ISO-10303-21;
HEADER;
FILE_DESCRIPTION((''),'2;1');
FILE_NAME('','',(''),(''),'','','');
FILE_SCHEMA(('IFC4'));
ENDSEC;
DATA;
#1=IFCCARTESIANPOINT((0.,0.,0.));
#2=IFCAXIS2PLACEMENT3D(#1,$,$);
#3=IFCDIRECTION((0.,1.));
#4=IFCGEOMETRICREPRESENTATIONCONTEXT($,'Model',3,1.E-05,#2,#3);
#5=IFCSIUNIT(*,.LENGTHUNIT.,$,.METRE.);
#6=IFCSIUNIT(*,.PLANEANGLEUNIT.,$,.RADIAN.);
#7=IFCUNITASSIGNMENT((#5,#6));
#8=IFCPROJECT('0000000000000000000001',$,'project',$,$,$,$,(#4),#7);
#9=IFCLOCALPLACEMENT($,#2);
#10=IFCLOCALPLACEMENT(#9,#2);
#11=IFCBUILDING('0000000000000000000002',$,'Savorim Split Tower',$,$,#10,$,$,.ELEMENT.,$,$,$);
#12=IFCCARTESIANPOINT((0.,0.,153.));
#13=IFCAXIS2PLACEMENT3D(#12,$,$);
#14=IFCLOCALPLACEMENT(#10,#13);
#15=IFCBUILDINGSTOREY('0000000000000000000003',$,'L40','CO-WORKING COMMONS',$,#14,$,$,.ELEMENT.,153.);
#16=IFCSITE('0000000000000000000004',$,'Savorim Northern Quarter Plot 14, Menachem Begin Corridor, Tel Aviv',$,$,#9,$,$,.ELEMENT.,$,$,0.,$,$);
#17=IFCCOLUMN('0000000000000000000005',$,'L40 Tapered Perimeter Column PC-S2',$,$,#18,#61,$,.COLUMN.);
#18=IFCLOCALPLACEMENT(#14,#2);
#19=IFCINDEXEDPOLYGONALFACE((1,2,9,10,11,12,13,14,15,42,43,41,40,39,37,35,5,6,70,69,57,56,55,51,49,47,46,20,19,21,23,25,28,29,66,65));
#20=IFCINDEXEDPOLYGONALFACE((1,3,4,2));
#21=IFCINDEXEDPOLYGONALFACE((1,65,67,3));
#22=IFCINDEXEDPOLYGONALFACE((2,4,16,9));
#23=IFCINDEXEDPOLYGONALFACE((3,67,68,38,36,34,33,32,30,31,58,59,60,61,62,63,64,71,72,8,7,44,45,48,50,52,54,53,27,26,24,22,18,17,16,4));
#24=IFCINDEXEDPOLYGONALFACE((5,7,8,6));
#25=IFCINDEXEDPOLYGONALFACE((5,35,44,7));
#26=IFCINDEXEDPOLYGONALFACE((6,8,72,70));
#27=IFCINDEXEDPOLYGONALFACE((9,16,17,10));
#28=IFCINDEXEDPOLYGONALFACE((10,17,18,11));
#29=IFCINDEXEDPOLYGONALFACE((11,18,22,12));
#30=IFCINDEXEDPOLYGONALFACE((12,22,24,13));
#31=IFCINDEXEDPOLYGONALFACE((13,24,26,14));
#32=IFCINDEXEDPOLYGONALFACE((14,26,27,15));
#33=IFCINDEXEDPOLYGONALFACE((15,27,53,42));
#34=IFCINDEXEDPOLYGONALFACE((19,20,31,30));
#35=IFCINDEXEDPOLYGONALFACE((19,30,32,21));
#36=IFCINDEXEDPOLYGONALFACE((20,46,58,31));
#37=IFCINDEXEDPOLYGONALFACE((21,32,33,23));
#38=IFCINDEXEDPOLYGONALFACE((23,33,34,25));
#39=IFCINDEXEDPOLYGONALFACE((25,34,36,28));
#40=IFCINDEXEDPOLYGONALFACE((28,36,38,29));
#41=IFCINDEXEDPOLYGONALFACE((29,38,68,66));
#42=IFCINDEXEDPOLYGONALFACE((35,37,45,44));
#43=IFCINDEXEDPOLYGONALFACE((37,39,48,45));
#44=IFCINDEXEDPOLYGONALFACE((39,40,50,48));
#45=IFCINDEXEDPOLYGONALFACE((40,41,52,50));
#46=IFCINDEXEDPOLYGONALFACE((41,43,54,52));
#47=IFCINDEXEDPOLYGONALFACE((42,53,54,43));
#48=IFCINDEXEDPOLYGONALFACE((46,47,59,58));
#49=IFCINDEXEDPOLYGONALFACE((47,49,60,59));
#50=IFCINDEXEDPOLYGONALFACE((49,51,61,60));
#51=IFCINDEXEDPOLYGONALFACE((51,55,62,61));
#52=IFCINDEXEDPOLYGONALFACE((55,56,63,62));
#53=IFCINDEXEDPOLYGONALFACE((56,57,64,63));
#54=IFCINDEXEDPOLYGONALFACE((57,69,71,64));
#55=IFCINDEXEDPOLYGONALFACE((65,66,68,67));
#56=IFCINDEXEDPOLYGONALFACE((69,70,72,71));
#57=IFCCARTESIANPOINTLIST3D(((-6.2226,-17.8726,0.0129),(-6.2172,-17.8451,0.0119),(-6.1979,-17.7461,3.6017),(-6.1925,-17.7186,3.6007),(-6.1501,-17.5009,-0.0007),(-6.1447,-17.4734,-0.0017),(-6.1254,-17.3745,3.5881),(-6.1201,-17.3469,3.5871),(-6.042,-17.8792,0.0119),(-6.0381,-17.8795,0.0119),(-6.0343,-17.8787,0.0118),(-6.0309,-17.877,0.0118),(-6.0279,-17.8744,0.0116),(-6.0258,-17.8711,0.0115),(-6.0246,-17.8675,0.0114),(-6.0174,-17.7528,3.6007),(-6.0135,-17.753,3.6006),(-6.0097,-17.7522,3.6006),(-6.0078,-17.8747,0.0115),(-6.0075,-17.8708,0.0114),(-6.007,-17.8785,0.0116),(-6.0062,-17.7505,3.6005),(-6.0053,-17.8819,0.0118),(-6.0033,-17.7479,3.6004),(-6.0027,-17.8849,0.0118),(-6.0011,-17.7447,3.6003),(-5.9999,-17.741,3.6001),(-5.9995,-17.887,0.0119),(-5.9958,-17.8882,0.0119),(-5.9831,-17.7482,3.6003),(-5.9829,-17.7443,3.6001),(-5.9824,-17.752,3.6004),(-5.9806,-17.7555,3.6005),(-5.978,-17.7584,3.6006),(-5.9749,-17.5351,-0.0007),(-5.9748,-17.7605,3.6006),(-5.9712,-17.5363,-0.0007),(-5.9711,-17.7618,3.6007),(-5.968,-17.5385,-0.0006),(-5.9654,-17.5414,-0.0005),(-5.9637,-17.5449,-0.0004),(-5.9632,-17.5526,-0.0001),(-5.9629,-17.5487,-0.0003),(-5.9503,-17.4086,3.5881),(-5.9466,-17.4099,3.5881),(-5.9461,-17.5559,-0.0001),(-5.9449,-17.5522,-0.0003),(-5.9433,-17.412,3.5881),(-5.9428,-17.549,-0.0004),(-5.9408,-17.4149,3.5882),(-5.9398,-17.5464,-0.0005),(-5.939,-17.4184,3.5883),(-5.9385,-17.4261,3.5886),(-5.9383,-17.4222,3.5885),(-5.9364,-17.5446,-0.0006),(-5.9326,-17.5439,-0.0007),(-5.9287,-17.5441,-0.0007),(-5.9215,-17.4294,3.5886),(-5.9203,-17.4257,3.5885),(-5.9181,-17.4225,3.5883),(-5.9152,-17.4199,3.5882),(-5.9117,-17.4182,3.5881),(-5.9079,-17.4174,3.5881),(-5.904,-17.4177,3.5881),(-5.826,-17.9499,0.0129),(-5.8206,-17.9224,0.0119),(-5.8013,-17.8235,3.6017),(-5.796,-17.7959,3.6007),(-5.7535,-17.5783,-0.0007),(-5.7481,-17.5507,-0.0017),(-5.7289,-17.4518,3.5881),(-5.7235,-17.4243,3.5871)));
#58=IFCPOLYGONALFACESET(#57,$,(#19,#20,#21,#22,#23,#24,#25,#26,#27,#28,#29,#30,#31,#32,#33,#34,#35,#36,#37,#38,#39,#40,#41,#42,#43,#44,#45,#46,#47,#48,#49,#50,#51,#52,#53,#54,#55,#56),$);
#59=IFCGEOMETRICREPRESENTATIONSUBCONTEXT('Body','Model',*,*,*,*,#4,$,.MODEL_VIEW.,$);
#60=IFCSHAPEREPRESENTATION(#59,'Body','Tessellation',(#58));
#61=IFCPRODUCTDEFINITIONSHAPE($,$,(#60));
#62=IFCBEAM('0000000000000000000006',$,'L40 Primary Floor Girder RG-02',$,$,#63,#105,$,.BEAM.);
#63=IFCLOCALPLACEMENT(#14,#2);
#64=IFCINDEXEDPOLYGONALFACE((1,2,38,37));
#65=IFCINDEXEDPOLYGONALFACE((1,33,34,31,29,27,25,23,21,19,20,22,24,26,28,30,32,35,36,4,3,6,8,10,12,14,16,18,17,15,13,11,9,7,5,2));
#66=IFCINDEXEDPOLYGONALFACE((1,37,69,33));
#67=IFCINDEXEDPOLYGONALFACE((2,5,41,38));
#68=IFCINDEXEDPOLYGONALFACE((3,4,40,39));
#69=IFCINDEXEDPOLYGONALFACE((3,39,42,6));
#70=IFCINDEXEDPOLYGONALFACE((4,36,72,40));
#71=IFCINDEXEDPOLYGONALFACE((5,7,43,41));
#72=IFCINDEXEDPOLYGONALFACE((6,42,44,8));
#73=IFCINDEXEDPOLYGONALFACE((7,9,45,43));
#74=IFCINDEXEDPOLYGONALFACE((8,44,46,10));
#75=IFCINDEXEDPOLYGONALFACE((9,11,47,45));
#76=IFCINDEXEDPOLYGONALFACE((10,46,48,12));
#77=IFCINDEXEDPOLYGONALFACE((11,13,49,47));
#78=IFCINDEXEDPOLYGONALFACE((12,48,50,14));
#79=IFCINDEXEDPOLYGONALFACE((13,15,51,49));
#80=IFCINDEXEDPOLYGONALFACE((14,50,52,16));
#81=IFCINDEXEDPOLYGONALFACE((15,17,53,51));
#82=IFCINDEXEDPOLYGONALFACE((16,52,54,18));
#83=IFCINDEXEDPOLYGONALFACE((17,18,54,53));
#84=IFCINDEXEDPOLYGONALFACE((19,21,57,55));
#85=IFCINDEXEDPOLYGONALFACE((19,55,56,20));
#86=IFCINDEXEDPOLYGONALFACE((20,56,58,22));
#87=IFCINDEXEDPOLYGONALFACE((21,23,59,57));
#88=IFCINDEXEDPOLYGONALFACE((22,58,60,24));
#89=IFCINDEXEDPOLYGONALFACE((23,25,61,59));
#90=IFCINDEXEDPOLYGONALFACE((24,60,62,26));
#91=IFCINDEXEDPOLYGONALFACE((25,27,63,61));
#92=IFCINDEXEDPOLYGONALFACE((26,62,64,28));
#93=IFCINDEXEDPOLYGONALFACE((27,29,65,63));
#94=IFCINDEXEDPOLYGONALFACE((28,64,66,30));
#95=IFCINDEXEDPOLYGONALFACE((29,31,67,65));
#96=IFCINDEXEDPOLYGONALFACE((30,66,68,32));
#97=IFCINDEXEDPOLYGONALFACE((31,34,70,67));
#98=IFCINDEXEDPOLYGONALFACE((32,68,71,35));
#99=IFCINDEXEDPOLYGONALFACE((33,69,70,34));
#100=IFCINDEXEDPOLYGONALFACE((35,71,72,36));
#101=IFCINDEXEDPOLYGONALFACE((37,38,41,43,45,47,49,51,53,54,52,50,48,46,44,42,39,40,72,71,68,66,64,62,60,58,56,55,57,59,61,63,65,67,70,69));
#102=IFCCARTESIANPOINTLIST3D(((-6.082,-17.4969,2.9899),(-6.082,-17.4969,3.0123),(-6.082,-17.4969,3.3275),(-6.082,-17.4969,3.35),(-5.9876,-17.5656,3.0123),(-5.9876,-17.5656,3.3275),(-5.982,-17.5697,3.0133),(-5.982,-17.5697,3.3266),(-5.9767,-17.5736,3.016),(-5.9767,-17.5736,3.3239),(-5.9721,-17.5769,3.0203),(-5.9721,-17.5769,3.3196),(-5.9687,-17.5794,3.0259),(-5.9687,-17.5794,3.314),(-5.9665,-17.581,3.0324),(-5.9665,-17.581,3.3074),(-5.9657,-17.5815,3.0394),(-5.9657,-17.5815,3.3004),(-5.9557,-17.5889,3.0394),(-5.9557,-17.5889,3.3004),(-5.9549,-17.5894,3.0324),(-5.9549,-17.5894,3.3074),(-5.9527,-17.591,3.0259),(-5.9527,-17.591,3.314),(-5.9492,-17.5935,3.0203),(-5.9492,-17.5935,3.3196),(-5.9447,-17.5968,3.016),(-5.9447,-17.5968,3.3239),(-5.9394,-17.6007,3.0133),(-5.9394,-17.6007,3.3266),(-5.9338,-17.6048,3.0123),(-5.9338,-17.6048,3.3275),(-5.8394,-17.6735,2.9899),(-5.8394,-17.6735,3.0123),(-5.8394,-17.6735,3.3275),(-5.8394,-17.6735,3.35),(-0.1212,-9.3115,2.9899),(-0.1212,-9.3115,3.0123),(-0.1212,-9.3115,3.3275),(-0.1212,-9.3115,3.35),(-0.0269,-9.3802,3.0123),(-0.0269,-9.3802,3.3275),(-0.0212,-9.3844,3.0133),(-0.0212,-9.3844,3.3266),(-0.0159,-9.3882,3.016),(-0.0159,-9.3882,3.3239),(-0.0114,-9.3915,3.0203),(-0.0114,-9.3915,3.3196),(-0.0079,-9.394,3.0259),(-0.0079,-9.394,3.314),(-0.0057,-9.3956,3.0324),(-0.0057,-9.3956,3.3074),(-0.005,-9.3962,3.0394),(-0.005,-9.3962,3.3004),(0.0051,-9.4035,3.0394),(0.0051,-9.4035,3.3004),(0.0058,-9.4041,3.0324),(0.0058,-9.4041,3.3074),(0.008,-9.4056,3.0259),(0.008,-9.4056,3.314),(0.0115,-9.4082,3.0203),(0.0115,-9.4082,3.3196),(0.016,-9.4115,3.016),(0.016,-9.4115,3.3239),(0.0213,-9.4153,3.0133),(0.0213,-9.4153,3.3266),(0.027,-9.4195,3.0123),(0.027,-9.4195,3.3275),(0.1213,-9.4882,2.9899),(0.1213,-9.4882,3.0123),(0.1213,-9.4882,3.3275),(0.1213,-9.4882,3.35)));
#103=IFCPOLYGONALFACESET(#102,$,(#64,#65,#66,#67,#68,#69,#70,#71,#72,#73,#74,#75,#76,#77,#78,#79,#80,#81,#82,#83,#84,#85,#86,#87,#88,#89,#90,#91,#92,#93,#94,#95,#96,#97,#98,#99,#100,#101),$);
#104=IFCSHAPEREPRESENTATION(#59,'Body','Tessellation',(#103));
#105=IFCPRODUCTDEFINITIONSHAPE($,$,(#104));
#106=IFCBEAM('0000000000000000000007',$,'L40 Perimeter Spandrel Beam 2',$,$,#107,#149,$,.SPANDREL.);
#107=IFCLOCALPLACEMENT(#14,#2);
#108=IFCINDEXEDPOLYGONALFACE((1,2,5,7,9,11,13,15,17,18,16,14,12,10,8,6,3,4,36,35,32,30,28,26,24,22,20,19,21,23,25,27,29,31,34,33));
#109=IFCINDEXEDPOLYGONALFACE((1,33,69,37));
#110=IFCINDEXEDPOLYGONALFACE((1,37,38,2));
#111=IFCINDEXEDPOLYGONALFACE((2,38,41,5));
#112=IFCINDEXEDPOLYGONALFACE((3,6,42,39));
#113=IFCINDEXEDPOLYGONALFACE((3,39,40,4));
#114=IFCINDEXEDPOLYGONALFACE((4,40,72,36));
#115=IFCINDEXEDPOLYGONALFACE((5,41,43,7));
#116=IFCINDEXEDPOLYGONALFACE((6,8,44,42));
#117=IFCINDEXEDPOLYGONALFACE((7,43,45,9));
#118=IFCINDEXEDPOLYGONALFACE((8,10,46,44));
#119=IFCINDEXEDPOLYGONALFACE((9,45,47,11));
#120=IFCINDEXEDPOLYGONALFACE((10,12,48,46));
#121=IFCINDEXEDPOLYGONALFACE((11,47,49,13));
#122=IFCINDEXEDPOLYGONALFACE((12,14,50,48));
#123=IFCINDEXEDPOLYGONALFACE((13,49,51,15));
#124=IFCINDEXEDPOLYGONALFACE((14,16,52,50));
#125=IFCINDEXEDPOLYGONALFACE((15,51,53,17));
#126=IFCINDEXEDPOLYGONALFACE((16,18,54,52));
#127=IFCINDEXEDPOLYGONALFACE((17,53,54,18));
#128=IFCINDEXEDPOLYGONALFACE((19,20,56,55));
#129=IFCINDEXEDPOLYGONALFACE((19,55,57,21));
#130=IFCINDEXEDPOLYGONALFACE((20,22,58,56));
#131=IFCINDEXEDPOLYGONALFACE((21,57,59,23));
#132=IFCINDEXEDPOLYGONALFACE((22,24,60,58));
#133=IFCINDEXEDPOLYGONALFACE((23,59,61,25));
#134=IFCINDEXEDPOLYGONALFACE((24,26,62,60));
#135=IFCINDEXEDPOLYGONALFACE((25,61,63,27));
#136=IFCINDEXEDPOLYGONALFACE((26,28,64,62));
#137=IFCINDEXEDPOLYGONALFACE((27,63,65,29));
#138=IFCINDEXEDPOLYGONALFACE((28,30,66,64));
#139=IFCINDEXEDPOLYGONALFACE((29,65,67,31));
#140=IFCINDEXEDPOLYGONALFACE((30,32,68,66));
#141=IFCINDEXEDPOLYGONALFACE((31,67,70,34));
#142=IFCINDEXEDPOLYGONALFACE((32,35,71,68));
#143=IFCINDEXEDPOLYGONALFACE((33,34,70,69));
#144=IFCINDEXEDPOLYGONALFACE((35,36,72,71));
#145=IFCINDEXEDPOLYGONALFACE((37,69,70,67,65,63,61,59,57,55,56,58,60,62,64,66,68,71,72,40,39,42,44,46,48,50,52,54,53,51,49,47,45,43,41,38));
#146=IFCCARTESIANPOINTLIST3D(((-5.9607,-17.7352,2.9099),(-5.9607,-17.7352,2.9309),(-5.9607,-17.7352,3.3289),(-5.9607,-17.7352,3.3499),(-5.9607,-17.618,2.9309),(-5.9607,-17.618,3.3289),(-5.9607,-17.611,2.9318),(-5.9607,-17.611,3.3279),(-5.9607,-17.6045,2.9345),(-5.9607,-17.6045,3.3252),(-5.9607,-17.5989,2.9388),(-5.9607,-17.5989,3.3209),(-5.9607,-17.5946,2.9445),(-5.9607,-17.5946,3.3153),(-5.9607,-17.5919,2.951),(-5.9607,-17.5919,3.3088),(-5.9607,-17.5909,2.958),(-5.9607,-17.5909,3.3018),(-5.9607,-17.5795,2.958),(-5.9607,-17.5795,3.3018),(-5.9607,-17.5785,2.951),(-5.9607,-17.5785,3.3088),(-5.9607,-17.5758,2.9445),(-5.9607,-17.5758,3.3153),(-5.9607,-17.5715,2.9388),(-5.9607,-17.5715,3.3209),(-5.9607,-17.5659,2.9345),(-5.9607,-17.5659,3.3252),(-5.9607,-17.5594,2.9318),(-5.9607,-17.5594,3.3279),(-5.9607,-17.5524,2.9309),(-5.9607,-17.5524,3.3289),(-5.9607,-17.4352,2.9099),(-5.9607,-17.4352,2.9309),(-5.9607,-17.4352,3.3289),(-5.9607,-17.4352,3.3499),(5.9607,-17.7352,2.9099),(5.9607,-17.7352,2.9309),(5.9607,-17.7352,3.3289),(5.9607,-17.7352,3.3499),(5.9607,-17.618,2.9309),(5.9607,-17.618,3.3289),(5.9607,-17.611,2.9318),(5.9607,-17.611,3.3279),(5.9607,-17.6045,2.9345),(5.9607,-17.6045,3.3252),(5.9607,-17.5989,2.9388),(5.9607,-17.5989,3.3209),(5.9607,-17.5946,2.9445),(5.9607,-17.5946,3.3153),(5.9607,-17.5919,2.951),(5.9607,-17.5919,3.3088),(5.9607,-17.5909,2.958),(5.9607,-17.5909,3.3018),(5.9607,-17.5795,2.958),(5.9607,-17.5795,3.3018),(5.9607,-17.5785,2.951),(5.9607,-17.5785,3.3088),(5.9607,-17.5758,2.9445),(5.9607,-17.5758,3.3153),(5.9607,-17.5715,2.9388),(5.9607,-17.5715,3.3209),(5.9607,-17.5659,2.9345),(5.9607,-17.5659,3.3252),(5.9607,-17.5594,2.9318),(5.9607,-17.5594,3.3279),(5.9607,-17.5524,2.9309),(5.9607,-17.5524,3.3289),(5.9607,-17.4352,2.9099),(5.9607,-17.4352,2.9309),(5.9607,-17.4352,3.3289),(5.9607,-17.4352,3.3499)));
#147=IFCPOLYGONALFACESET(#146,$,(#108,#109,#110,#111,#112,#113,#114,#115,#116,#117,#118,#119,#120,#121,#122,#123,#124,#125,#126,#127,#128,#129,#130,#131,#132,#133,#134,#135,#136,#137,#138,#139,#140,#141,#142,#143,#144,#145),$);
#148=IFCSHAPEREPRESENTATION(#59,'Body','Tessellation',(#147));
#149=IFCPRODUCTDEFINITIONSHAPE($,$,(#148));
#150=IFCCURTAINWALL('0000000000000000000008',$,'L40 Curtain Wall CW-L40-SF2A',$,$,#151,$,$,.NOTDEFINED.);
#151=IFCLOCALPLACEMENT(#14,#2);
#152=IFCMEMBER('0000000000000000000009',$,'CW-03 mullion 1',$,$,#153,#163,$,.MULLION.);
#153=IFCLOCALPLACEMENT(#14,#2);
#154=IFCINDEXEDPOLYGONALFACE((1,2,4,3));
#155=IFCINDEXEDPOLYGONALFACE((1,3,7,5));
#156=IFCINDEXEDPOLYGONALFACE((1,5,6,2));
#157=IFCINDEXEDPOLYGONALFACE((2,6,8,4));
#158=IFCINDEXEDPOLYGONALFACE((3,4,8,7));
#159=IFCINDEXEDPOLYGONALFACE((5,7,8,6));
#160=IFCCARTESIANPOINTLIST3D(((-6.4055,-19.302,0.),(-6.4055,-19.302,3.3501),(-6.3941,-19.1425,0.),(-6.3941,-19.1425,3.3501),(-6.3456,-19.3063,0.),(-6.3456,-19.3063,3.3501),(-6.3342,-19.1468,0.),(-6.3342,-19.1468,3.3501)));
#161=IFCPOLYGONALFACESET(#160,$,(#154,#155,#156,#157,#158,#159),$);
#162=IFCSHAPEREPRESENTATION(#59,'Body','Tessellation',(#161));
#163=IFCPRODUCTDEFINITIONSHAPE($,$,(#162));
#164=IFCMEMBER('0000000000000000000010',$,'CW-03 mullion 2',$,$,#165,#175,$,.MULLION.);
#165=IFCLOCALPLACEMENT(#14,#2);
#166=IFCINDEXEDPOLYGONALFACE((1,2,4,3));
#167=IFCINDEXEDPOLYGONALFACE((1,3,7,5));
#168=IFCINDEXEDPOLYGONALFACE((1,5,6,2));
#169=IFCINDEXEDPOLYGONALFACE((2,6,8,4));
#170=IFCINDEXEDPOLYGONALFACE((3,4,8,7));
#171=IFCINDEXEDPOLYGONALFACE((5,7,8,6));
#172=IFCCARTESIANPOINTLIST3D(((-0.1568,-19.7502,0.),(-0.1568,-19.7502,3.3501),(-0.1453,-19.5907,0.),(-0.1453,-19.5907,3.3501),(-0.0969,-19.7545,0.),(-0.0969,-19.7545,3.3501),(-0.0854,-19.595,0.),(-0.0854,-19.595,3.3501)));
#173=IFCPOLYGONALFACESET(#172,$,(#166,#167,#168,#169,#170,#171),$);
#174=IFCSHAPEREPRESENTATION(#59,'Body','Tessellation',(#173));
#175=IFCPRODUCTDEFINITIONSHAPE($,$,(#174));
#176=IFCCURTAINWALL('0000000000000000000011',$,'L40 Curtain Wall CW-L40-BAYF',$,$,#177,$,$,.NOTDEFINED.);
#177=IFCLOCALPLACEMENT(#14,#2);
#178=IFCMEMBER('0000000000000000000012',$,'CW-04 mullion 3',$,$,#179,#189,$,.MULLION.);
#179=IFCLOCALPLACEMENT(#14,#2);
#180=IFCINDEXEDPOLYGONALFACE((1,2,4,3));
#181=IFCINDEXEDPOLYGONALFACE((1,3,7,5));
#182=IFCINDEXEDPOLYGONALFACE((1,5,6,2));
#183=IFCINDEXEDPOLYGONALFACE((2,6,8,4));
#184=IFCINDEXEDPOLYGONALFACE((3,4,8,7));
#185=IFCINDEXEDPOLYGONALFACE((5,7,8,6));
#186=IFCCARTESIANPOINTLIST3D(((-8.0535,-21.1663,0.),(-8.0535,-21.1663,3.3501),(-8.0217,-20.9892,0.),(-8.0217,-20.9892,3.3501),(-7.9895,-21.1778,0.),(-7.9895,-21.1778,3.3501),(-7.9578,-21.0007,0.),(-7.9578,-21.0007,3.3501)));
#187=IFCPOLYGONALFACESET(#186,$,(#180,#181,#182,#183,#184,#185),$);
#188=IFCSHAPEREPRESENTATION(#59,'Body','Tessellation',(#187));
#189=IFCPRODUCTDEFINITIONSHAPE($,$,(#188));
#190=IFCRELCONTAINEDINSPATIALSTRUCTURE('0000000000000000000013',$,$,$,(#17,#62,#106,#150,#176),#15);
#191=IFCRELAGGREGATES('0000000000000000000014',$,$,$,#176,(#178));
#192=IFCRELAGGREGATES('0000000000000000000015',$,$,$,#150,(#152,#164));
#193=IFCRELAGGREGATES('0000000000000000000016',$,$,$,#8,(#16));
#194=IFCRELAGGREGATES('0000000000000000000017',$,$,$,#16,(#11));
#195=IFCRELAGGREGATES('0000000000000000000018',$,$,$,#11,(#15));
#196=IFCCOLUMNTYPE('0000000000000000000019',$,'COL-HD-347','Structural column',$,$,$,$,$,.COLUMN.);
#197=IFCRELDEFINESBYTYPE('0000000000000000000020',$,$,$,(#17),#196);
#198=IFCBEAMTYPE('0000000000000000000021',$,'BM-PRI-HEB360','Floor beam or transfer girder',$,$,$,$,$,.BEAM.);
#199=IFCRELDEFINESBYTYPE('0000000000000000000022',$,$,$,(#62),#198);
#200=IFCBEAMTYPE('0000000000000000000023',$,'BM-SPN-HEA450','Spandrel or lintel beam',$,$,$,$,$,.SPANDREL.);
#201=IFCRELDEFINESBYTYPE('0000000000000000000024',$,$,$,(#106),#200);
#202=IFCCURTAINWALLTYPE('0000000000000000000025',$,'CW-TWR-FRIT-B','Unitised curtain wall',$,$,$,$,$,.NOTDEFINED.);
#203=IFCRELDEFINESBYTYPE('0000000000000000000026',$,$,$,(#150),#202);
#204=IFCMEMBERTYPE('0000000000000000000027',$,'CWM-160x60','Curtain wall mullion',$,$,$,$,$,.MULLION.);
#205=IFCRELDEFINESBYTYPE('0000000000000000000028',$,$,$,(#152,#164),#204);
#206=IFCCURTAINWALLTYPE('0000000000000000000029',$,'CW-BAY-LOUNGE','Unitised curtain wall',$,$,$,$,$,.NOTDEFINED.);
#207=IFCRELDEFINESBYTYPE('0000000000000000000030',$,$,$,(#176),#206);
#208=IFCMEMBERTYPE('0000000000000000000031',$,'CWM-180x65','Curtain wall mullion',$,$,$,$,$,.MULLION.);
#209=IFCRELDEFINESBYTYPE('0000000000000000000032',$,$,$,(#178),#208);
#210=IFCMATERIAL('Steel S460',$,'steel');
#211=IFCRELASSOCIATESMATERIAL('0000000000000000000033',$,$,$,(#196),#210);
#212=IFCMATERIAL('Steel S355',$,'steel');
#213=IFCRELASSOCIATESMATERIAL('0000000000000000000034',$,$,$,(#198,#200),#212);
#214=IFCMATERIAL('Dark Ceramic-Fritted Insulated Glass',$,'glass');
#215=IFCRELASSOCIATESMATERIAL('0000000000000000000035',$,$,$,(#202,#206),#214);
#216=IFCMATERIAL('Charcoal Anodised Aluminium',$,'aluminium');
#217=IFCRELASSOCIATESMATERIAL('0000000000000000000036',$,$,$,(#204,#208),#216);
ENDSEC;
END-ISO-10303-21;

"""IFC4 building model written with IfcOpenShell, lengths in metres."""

from ifc_helpers import new_model, si_unit, direction, frame, origin, origin_2d, place, context, subcontext, project, spatial, rectangle, i_section, extrude, material, material_profile, profile_set, type_object, element, aggregate, save


model = new_model("IFC4")

# Units and contexts
model_context = context("Model", 3, precision=1e-05, world=origin(), true_north=direction((0.0, 1.0)))
body_context = subcontext(model_context, "Body", "Model", "MODEL_VIEW")
ifc_project = project(units=[si_unit("LENGTHUNIT", "METRE"), si_unit("PLANEANGLEUNIT", "RADIAN")], contexts=[model_context])

# Site, building, storey
site_placement = place(None, origin())
site = spatial("IfcSite", under=ifc_project, at=site_placement, Name="Savorim Northern Quarter Plot 14, Menachem Begin Corridor, Tel Aviv", CompositionType="ELEMENT", RefElevation=0.0)
building_placement = place(site_placement, origin())
building = spatial("IfcBuilding", under=site, at=building_placement, Name="Savorim Split Tower", CompositionType="ELEMENT")
storey_placement = place(building_placement, frame((0.0, 0.0, 153.0)))
storey = spatial("IfcBuildingStorey", under=building, at=storey_placement, Name="L40", Description="CO-WORKING COMMONS", CompositionType="ELEMENT", Elevation=153.0)

# Column
ifc_material_1 = material(Name="Steel S460", Category="steel")
ifc_material_profile_1 = material_profile(ifc_material_1, i_section(OverallWidth=0.4041, OverallDepth=0.407, WebThickness=0.0173, FlangeThickness=0.0281, FilletRadius=0.0149, at=origin_2d()), Name="HD 400x347")
ifc_profile_set_1 = profile_set([ifc_material_profile_1], Name="Steel S460")
column_type = type_object("IfcColumnType", Name="COL-HD-347", Description="Structural column", PredefinedType="COLUMN", material=ifc_profile_set_1)
column_placement = place(storey_placement, frame((-5.9854, -17.7117, 0.0056), z_axis=(0.006866, 0.035215, 0.999356), x_axis=(-0.981517, 0.191377, 0.0)))
element("IfcColumn", 1, at=column_placement, inside=storey, type_object=column_type, Name="L40 Tapered Perimeter Column PC-S2", PredefinedType="COLUMN", context=body_context, shape_type="SweptSolid", body=[
    extrude(i_section(OverallWidth=0.4041, OverallDepth=0.407, WebThickness=0.0173, FlangeThickness=0.0281, FilletRadius=0.0149, at=origin_2d()), origin(), (0.0, 0.0, 1.0), 3.5911),
])

# Beams
ifc_material_2 = material(Name="Steel S355", Category="steel")
ifc_material_profile_2 = material_profile(ifc_material_2, i_section(OverallWidth=0.3, OverallDepth=0.3601, WebThickness=0.0125, FlangeThickness=0.0225, FilletRadius=0.0271, at=origin_2d()), Name="HEB 360")
ifc_profile_set_2 = profile_set([ifc_material_profile_2], Name="Steel S355")
beam_type_1 = type_object("IfcBeamType", Name="BM-PRI-HEB360", Description="Floor beam or transfer girder", PredefinedType="BEAM", material=ifc_profile_set_2)
beam_1_placement = place(storey_placement, frame((-5.9607, -17.5852, 3.1699), z_axis=(0.588672, 0.808372, 0.0), x_axis=(-0.808372, 0.588672, 0.0)))
element("IfcBeam", 2, at=beam_1_placement, inside=storey, type_object=beam_type_1, Name="L40 Primary Floor Girder RG-02", PredefinedType="BEAM", context=body_context, shape_type="SweptSolid", body=[
    extrude(i_section(OverallWidth=0.3, OverallDepth=0.3601, WebThickness=0.0125, FlangeThickness=0.0225, FilletRadius=0.0271, at=origin_2d()), origin(), (0.0, 0.0, 1.0), 10.1257),
])
ifc_material_profile_3 = material_profile(ifc_material_2, i_section(OverallWidth=0.3, OverallDepth=0.4399, WebThickness=0.0115, FlangeThickness=0.021, FilletRadius=0.0271, at=origin_2d()), Name="HEA 450")
ifc_profile_set_3 = profile_set([ifc_material_profile_3], Name="Steel S355")
beam_type_2 = type_object("IfcBeamType", Name="BM-SPN-HEA450", Description="Spandrel or lintel beam", PredefinedType="SPANDREL", material=ifc_profile_set_3)
beam_2_placement = place(storey_placement, frame((-5.9607, -17.5852, 3.1299), z_axis=(1.0, 0.0, 0.0), x_axis=(0.0, 1.0, 0.0)))
element("IfcBeam", 3, at=beam_2_placement, inside=storey, type_object=beam_type_2, Name="L40 Perimeter Spandrel Beam 2", PredefinedType="SPANDREL", context=body_context, shape_type="SweptSolid", body=[
    extrude(i_section(OverallWidth=0.3, OverallDepth=0.4399, WebThickness=0.0115, FlangeThickness=0.021, FilletRadius=0.0271, at=origin_2d()), origin(), (0.0, 0.0, 1.0), 11.9214),
])

# Curtain wall, members
ifc_material_3 = material(Name="Dark Ceramic-Fritted Insulated Glass", Category="glass")
curtain_wall_type_1 = type_object("IfcCurtainWallType", Name="CW-TWR-FRIT-B", Description="Unitised curtain wall", PredefinedType="NOTDEFINED", material=ifc_material_3)
curtain_wall_1_placement = place(storey_placement, origin())
curtain_wall_1 = element("IfcCurtainWall", 4, at=curtain_wall_1_placement, inside=storey, type_object=curtain_wall_type_1, Name="L40 Curtain Wall CW-L40-SF2A", PredefinedType="NOTDEFINED")
ifc_material_4 = material(Name="Charcoal Anodised Aluminium", Category="aluminium")
ifc_material_profile_4 = material_profile(ifc_material_4, rectangle(XDim=0.1599, YDim=0.0601, at=origin_2d()), Name="ALU-M 160x60")
ifc_profile_set_4 = profile_set([ifc_material_profile_4], Name="Charcoal Anodised Aluminium")
member_type_1 = type_object("IfcMemberType", Name="CWM-160x60", Description="Curtain wall mullion", PredefinedType="MULLION", material=ifc_profile_set_4)
member_1_placement = place(storey_placement, frame((-6.3699, -19.2244, 0.0), z_axis=(0.0, 0.0, 1.0), x_axis=(0.071576, 0.997435, 0.0)))
member_1 = element("IfcMember", 5, at=member_1_placement, type_object=member_type_1, Name="CW-03 mullion 1", PredefinedType="MULLION", context=body_context, shape_type="SweptSolid", body=[
    extrude(rectangle(XDim=0.1599, YDim=0.0601, at=origin_2d()), origin(), (0.0, 0.0, 1.0), 3.3501),
])
member_2_placement = place(storey_placement, frame((-0.1211, -19.6726, 0.0), z_axis=(0.0, 0.0, 1.0), x_axis=(0.071576, 0.997435, 0.0)))
member_2 = element("IfcMember", 6, at=member_2_placement, type_object=member_type_1, Name="CW-03 mullion 2", PredefinedType="MULLION", context=body_context, shape_type="SweptSolid", body=[
    extrude(rectangle(XDim=0.1599, YDim=0.0601, at=origin_2d()), origin(), (0.0, 0.0, 1.0), 3.3501),
])

# Curtain wall, member
curtain_wall_type_2 = type_object("IfcCurtainWallType", Name="CW-BAY-LOUNGE", Description="Unitised curtain wall", PredefinedType="NOTDEFINED", material=ifc_material_3)
curtain_wall_2_placement = place(storey_placement, origin())
curtain_wall_2 = element("IfcCurtainWall", 7, at=curtain_wall_2_placement, inside=storey, type_object=curtain_wall_type_2, Name="L40 Curtain Wall CW-L40-BAYF", PredefinedType="NOTDEFINED")
ifc_material_profile_5 = material_profile(ifc_material_4, rectangle(XDim=0.1799, YDim=0.0649, at=origin_2d()), Name="ALU-M 180x65")
ifc_profile_set_5 = profile_set([ifc_material_profile_5], Name="Charcoal Anodised Aluminium")
member_type_2 = type_object("IfcMemberType", Name="CWM-180x65", Description="Curtain wall mullion", PredefinedType="MULLION", material=ifc_profile_set_5)
member_3_placement = place(storey_placement, frame((-8.0056, -21.0835, 0.0), z_axis=(0.0, 0.0, 1.0), x_axis=(0.176476, 0.984305, 0.0)))
member_3 = element("IfcMember", 8, at=member_3_placement, type_object=member_type_2, Name="CW-04 mullion 3", PredefinedType="MULLION", context=body_context, shape_type="SweptSolid", body=[
    extrude(rectangle(XDim=0.1799, YDim=0.0649, at=origin_2d()), origin(), (0.0, 0.0, 1.0), 3.3501),
])
aggregate(curtain_wall_2, [member_3])

aggregate(curtain_wall_1, [member_1, member_2])

save(model, "model.ifc")
